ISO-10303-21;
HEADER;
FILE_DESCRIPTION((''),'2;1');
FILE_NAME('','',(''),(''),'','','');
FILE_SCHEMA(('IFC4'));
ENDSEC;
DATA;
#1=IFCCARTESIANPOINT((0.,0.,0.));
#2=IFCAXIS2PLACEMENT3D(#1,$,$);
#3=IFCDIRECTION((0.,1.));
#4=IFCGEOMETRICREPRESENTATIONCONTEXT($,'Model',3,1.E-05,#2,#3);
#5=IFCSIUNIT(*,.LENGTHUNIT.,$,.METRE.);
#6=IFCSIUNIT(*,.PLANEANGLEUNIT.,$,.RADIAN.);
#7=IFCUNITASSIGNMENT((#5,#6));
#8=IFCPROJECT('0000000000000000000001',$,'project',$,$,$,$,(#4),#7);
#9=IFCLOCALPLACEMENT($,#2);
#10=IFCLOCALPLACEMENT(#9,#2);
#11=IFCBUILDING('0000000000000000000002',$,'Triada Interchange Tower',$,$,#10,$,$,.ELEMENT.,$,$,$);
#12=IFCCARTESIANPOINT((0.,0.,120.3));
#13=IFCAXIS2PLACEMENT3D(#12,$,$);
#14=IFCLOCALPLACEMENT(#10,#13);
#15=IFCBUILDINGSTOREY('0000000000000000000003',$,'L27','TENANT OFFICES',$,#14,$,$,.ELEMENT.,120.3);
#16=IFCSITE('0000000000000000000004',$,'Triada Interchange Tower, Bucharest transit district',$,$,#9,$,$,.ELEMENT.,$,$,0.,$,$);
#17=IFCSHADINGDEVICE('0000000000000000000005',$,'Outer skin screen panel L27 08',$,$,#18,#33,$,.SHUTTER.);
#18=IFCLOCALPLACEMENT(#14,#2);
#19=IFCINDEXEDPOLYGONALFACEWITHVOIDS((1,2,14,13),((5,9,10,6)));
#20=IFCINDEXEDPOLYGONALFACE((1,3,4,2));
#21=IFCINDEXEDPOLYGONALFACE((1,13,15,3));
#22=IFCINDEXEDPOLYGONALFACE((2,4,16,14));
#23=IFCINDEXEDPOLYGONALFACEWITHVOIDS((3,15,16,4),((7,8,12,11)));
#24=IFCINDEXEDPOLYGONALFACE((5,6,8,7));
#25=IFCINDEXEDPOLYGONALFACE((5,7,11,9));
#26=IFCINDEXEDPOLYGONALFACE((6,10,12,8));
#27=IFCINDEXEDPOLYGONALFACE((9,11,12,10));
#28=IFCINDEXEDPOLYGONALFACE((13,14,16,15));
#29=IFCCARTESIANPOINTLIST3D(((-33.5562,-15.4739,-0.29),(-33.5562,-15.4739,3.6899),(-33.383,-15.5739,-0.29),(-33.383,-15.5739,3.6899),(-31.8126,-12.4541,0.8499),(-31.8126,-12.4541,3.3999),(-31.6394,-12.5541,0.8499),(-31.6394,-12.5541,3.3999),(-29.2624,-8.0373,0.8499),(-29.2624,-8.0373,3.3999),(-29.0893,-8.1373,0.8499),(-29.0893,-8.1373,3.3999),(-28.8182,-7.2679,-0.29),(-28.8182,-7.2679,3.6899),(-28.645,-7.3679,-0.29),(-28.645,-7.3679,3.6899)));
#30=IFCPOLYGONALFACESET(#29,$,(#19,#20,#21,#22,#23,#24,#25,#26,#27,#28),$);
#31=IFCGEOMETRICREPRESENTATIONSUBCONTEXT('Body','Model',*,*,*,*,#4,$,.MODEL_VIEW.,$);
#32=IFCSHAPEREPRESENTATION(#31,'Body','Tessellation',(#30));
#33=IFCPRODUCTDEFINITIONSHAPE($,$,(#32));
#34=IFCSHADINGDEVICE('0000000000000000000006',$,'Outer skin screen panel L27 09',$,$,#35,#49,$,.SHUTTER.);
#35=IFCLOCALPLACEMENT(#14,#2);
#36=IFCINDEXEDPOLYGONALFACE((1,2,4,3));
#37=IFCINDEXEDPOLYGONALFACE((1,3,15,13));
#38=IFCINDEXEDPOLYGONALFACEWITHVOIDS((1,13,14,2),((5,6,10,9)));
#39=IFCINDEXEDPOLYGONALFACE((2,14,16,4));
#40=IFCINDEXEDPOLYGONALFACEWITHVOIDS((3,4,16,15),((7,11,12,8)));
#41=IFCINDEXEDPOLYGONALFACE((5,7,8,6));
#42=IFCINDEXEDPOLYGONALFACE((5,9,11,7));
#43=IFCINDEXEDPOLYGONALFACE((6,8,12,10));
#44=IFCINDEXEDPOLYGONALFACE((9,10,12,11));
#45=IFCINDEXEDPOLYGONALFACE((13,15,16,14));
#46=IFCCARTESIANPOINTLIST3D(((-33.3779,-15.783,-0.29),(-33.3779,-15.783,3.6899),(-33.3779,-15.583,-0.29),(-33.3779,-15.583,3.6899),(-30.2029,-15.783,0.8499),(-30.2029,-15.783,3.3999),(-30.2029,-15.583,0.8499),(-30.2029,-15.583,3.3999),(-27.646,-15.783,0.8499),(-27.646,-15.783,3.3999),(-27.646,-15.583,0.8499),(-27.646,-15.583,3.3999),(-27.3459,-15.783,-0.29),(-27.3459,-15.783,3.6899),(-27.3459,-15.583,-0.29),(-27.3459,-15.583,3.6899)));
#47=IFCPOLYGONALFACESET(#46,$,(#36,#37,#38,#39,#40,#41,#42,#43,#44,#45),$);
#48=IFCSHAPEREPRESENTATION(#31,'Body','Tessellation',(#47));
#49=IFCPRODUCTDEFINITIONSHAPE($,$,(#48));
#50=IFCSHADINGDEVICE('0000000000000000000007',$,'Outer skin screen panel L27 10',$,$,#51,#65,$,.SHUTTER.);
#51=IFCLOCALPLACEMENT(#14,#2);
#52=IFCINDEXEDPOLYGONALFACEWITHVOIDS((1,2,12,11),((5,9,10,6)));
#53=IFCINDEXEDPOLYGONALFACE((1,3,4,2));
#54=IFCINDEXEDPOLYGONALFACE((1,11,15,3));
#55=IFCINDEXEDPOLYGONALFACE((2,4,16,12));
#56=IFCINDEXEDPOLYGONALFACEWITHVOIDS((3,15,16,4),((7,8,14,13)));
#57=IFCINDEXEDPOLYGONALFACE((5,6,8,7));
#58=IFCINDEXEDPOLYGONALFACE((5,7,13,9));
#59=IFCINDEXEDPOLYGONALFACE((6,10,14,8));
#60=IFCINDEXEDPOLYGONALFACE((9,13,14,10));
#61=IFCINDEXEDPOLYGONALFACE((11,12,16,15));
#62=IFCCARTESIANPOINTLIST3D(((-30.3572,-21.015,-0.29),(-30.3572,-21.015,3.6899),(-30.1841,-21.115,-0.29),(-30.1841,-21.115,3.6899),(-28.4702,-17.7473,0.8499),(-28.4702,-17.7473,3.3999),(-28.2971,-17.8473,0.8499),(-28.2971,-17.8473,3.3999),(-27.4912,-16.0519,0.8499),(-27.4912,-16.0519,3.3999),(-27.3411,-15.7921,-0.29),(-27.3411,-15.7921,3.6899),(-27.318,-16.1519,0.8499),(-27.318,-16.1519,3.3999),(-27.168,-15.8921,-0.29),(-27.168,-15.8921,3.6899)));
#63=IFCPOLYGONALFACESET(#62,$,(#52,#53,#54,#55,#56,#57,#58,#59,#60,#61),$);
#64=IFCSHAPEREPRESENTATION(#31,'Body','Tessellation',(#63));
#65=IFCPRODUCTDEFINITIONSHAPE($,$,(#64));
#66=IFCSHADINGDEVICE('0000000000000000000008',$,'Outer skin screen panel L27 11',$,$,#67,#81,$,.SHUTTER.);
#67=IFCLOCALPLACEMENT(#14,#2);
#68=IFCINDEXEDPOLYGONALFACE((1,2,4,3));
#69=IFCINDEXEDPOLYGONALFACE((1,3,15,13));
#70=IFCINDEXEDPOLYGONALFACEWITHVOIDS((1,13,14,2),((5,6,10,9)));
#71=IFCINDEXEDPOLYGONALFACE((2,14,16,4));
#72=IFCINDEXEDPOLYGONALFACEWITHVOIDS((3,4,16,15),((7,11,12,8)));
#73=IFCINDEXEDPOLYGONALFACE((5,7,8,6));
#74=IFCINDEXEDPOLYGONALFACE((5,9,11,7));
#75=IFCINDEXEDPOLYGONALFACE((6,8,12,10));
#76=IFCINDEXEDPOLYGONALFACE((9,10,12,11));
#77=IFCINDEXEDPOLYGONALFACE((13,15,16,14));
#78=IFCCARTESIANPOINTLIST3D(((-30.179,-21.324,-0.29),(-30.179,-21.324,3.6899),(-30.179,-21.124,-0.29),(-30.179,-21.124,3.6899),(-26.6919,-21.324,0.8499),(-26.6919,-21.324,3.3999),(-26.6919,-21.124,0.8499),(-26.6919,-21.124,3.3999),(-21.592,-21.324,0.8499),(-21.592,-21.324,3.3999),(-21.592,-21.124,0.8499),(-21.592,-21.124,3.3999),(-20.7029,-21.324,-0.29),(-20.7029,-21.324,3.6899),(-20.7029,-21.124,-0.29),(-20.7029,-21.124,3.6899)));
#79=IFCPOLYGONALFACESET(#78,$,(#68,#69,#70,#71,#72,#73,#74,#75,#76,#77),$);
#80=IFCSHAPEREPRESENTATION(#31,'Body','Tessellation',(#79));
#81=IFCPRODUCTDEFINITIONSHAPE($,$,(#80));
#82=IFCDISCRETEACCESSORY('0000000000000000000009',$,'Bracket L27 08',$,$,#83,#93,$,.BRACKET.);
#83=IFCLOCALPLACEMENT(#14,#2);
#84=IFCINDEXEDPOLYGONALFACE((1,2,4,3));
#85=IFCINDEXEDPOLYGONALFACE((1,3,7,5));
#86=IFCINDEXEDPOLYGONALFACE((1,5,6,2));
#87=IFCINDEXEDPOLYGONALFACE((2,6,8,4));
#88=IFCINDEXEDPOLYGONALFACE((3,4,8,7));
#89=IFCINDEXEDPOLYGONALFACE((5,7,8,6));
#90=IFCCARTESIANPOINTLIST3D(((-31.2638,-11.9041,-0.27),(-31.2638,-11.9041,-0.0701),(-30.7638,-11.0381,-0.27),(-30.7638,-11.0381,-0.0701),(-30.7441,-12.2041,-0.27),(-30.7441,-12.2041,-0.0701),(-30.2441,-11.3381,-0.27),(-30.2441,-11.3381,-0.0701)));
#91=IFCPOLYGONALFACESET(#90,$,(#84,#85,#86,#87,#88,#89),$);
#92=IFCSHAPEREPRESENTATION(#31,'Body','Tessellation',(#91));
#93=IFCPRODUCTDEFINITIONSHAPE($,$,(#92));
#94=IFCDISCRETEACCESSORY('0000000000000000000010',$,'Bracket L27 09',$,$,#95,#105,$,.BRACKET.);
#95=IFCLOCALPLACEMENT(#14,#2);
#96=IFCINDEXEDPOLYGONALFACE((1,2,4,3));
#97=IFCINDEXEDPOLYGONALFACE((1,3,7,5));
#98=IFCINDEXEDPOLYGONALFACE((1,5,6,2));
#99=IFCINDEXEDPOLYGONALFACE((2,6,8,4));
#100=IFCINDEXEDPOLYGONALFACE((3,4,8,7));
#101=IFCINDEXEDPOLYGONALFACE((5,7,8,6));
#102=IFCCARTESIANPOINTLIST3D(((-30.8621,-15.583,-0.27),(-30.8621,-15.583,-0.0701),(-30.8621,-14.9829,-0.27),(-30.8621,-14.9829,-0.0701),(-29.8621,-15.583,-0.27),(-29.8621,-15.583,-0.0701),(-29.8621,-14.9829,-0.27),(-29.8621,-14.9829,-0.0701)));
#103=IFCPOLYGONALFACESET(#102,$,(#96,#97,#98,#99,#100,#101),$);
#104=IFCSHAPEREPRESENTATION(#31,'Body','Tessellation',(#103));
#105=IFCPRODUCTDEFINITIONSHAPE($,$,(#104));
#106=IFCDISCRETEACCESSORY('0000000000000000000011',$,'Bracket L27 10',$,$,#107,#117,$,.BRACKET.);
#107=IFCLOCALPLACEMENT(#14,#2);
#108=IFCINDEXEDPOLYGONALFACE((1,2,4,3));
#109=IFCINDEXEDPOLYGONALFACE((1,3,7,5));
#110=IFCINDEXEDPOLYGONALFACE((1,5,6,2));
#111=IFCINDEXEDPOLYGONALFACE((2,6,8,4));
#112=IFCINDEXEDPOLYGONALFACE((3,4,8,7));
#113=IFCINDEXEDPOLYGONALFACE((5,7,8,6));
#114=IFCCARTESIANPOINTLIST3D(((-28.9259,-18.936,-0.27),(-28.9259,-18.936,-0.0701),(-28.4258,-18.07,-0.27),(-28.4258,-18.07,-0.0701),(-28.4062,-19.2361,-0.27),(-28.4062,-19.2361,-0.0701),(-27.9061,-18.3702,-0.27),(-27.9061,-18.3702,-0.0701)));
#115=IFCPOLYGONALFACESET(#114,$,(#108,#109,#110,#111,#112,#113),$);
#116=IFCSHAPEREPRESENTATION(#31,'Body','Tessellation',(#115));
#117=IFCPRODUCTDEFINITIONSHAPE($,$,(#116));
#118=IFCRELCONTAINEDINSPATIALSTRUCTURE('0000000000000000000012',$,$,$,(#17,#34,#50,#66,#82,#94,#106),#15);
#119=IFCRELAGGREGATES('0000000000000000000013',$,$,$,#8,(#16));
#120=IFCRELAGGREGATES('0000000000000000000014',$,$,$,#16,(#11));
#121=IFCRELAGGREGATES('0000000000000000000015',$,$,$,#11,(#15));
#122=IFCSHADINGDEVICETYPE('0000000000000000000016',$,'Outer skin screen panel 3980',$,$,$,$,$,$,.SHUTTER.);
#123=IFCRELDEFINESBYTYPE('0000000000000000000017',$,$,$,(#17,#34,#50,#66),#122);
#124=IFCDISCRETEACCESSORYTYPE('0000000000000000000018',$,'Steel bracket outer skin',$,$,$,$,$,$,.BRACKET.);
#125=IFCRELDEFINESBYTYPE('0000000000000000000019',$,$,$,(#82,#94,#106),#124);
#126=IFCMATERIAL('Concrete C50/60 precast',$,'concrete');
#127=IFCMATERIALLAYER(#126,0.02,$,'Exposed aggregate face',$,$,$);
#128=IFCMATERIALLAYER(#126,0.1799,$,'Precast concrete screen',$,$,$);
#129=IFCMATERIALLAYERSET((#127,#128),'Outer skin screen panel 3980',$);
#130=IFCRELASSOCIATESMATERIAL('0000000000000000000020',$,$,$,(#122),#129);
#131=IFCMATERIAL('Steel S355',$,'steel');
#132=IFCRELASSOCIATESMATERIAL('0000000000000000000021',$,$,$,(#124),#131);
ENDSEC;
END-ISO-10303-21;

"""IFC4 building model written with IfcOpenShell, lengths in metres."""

from ifc_helpers import new_model, si_unit, direction, frame, origin, origin_2d, place, context, subcontext, project, spatial, polyline, rectangle, outline, extrude, material, layer, layer_set, type_object, element, save


model = new_model("IFC4")

# Units and contexts
model_context = context("Model", 3, precision=1e-05, world=origin(), true_north=direction((0.0, 1.0)))
body_context = subcontext(model_context, "Body", "Model", "MODEL_VIEW")
ifc_project = project(units=[si_unit("LENGTHUNIT", "METRE"), si_unit("PLANEANGLEUNIT", "RADIAN")], contexts=[model_context])

# Site, building, storey
site_placement = place(None, origin())
site = spatial("IfcSite", under=ifc_project, at=site_placement, Name="Triada Interchange Tower, Bucharest transit district", CompositionType="ELEMENT", RefElevation=0.0)
building_placement = place(site_placement, origin())
building = spatial("IfcBuilding", under=site, at=building_placement, Name="Triada Interchange Tower", CompositionType="ELEMENT")
storey_placement = place(building_placement, frame((0.0, 0.0, 120.3)))
storey = spatial("IfcBuildingStorey", under=building, at=storey_placement, Name="L27", Description="TENANT OFFICES", CompositionType="ELEMENT", Elevation=120.3)

# Shading devices
ifc_material_1 = material(Name="Concrete C50/60 precast", Category="concrete")
ifc_layer_1 = layer(ifc_material_1, 0.02, Name="Exposed aggregate face")
ifc_layer_2 = layer(ifc_material_1, 0.1799, Name="Precast concrete screen")
ifc_layer_set_1 = layer_set([ifc_layer_1, ifc_layer_2], Name="Outer skin screen panel 3980")
shading_device_type = type_object("IfcShadingDeviceType", Name="Outer skin screen panel 3980", PredefinedType="SHUTTER", material=ifc_layer_set_1)
shading_device_1_placement = place(storey_placement, frame((-28.645, -7.3679, -0.29), z_axis=(0.0, 0.0, 1.0), x_axis=(-0.500021, -0.866013, 0.0)))
element("IfcShadingDevice", 1, at=shading_device_1_placement, inside=storey, type_object=shading_device_type, Name="Outer skin screen panel L27 08", PredefinedType="SHUTTER", context=body_context, shape_type="SweptSolid", body=[
    extrude(outline(polyline([(0.0, 0.0), (9.4756, 0.0), (9.4756, 3.98), (0.0, 3.98), (0.0, 0.0)]), holes=[polyline([(0.8884, 1.1399), (0.8884, 3.6899), (5.9885, 3.6899), (5.9885, 1.1399), (0.8884, 1.1399)])]), frame((0.0, 0.0, 0.0), z_axis=(0.0, -1.0, 0.0), x_axis=(1.0, 0.0, 0.0)), (0.0, 0.0, 1.0), 0.2),
])
shading_device_2_placement = place(storey_placement, frame((-33.3779, -15.583, -0.29), z_axis=(0.0, 0.0, 1.0), x_axis=(1.0, 0.0, 0.0)))
element("IfcShadingDevice", 2, at=shading_device_2_placement, inside=storey, type_object=shading_device_type, Name="Outer skin screen panel L27 09", PredefinedType="SHUTTER", context=body_context, shape_type="SweptSolid", body=[
    extrude(outline(polyline([(0.0, 0.0), (6.032, 0.0), (6.032, 3.98), (0.0, 3.98), (0.0, 0.0)]), holes=[polyline([(3.175, 1.1399), (3.175, 3.6899), (5.7319, 3.6899), (5.7319, 1.1399), (3.175, 1.1399)])]), frame((0.0, 0.0, 0.0), z_axis=(0.0, -1.0, 0.0), x_axis=(1.0, 0.0, 0.0)), (0.0, 0.0, 1.0), 0.2),
])
shading_device_3_placement = place(storey_placement, frame((-27.168, -15.8921, -0.29), z_axis=(0.0, 0.0, 1.0), x_axis=(-0.500083, -0.865977, 0.0)))
element("IfcShadingDevice", 3, at=shading_device_3_placement, inside=storey, type_object=shading_device_type, Name="Outer skin screen panel L27 10", PredefinedType="SHUTTER", context=body_context, shape_type="SweptSolid", body=[
    extrude(outline(polyline([(0.0, 0.0), (6.0312, 0.0), (6.0312, 3.98), (0.0, 3.98), (0.0, 0.0)]), holes=[polyline([(0.3, 1.1399), (0.3, 3.6899), (2.2578, 3.6899), (2.2578, 1.1399), (0.3, 1.1399)])]), frame((0.0, 0.0, 0.0), z_axis=(0.0, -1.0, 0.0), x_axis=(1.0, 0.0, 0.0)), (0.0, 0.0, 1.0), 0.2),
])
shading_device_4_placement = place(storey_placement, frame((-30.179, -21.124, -0.29), z_axis=(0.0, 0.0, 1.0), x_axis=(1.0, 0.0, 0.0)))
element("IfcShadingDevice", 4, at=shading_device_4_placement, inside=storey, type_object=shading_device_type, Name="Outer skin screen panel L27 11", PredefinedType="SHUTTER", context=body_context, shape_type="SweptSolid", body=[
    extrude(outline(polyline([(0.0, 0.0), (9.4761, 0.0), (9.4761, 3.98), (0.0, 3.98), (0.0, 0.0)]), holes=[polyline([(3.4871, 1.1399), (3.4871, 3.6899), (8.5869, 3.6899), (8.5869, 1.1399), (3.4871, 1.1399)])]), frame((0.0, 0.0, 0.0), z_axis=(0.0, -1.0, 0.0), x_axis=(1.0, 0.0, 0.0)), (0.0, 0.0, 1.0), 0.2),
])

# Discrete accessories
ifc_material_2 = material(Name="Steel S355", Category="steel")
discrete_accessory_type = type_object("IfcDiscreteAccessoryType", Name="Steel bracket outer skin", PredefinedType="BRACKET", material=ifc_material_2)
for number, where, z_axis, x_axis, name in (
    (5, (-30.7539, -11.6211, -0.27), (0.0, 0.0, 1.0), (-0.866028, 0.499995, 0.0), "Bracket L27 08"),
    (6, (-30.3621, -15.283, -0.27), (0.0, 0.0, 1.0), (0.0, -1.0, 0.0), "Bracket L27 09"),
    (7, (-28.416, -18.6531, -0.27), (0.0, 0.0, 1.0), (-0.865964, 0.500106, 0.0), "Bracket L27 10"),
):
    element("IfcDiscreteAccessory", number, at=place(storey_placement, frame(where, z_axis=z_axis, x_axis=x_axis)), inside=storey, type_object=discrete_accessory_type, Name=name, PredefinedType="BRACKET", context=body_context, shape_type="SweptSolid", body=[
        extrude(rectangle(XDim=0.6001, YDim=1.0, at=origin_2d()), origin(), (0.0, 0.0, 1.0), 0.2),
    ])

save(model, "model.ifc")
